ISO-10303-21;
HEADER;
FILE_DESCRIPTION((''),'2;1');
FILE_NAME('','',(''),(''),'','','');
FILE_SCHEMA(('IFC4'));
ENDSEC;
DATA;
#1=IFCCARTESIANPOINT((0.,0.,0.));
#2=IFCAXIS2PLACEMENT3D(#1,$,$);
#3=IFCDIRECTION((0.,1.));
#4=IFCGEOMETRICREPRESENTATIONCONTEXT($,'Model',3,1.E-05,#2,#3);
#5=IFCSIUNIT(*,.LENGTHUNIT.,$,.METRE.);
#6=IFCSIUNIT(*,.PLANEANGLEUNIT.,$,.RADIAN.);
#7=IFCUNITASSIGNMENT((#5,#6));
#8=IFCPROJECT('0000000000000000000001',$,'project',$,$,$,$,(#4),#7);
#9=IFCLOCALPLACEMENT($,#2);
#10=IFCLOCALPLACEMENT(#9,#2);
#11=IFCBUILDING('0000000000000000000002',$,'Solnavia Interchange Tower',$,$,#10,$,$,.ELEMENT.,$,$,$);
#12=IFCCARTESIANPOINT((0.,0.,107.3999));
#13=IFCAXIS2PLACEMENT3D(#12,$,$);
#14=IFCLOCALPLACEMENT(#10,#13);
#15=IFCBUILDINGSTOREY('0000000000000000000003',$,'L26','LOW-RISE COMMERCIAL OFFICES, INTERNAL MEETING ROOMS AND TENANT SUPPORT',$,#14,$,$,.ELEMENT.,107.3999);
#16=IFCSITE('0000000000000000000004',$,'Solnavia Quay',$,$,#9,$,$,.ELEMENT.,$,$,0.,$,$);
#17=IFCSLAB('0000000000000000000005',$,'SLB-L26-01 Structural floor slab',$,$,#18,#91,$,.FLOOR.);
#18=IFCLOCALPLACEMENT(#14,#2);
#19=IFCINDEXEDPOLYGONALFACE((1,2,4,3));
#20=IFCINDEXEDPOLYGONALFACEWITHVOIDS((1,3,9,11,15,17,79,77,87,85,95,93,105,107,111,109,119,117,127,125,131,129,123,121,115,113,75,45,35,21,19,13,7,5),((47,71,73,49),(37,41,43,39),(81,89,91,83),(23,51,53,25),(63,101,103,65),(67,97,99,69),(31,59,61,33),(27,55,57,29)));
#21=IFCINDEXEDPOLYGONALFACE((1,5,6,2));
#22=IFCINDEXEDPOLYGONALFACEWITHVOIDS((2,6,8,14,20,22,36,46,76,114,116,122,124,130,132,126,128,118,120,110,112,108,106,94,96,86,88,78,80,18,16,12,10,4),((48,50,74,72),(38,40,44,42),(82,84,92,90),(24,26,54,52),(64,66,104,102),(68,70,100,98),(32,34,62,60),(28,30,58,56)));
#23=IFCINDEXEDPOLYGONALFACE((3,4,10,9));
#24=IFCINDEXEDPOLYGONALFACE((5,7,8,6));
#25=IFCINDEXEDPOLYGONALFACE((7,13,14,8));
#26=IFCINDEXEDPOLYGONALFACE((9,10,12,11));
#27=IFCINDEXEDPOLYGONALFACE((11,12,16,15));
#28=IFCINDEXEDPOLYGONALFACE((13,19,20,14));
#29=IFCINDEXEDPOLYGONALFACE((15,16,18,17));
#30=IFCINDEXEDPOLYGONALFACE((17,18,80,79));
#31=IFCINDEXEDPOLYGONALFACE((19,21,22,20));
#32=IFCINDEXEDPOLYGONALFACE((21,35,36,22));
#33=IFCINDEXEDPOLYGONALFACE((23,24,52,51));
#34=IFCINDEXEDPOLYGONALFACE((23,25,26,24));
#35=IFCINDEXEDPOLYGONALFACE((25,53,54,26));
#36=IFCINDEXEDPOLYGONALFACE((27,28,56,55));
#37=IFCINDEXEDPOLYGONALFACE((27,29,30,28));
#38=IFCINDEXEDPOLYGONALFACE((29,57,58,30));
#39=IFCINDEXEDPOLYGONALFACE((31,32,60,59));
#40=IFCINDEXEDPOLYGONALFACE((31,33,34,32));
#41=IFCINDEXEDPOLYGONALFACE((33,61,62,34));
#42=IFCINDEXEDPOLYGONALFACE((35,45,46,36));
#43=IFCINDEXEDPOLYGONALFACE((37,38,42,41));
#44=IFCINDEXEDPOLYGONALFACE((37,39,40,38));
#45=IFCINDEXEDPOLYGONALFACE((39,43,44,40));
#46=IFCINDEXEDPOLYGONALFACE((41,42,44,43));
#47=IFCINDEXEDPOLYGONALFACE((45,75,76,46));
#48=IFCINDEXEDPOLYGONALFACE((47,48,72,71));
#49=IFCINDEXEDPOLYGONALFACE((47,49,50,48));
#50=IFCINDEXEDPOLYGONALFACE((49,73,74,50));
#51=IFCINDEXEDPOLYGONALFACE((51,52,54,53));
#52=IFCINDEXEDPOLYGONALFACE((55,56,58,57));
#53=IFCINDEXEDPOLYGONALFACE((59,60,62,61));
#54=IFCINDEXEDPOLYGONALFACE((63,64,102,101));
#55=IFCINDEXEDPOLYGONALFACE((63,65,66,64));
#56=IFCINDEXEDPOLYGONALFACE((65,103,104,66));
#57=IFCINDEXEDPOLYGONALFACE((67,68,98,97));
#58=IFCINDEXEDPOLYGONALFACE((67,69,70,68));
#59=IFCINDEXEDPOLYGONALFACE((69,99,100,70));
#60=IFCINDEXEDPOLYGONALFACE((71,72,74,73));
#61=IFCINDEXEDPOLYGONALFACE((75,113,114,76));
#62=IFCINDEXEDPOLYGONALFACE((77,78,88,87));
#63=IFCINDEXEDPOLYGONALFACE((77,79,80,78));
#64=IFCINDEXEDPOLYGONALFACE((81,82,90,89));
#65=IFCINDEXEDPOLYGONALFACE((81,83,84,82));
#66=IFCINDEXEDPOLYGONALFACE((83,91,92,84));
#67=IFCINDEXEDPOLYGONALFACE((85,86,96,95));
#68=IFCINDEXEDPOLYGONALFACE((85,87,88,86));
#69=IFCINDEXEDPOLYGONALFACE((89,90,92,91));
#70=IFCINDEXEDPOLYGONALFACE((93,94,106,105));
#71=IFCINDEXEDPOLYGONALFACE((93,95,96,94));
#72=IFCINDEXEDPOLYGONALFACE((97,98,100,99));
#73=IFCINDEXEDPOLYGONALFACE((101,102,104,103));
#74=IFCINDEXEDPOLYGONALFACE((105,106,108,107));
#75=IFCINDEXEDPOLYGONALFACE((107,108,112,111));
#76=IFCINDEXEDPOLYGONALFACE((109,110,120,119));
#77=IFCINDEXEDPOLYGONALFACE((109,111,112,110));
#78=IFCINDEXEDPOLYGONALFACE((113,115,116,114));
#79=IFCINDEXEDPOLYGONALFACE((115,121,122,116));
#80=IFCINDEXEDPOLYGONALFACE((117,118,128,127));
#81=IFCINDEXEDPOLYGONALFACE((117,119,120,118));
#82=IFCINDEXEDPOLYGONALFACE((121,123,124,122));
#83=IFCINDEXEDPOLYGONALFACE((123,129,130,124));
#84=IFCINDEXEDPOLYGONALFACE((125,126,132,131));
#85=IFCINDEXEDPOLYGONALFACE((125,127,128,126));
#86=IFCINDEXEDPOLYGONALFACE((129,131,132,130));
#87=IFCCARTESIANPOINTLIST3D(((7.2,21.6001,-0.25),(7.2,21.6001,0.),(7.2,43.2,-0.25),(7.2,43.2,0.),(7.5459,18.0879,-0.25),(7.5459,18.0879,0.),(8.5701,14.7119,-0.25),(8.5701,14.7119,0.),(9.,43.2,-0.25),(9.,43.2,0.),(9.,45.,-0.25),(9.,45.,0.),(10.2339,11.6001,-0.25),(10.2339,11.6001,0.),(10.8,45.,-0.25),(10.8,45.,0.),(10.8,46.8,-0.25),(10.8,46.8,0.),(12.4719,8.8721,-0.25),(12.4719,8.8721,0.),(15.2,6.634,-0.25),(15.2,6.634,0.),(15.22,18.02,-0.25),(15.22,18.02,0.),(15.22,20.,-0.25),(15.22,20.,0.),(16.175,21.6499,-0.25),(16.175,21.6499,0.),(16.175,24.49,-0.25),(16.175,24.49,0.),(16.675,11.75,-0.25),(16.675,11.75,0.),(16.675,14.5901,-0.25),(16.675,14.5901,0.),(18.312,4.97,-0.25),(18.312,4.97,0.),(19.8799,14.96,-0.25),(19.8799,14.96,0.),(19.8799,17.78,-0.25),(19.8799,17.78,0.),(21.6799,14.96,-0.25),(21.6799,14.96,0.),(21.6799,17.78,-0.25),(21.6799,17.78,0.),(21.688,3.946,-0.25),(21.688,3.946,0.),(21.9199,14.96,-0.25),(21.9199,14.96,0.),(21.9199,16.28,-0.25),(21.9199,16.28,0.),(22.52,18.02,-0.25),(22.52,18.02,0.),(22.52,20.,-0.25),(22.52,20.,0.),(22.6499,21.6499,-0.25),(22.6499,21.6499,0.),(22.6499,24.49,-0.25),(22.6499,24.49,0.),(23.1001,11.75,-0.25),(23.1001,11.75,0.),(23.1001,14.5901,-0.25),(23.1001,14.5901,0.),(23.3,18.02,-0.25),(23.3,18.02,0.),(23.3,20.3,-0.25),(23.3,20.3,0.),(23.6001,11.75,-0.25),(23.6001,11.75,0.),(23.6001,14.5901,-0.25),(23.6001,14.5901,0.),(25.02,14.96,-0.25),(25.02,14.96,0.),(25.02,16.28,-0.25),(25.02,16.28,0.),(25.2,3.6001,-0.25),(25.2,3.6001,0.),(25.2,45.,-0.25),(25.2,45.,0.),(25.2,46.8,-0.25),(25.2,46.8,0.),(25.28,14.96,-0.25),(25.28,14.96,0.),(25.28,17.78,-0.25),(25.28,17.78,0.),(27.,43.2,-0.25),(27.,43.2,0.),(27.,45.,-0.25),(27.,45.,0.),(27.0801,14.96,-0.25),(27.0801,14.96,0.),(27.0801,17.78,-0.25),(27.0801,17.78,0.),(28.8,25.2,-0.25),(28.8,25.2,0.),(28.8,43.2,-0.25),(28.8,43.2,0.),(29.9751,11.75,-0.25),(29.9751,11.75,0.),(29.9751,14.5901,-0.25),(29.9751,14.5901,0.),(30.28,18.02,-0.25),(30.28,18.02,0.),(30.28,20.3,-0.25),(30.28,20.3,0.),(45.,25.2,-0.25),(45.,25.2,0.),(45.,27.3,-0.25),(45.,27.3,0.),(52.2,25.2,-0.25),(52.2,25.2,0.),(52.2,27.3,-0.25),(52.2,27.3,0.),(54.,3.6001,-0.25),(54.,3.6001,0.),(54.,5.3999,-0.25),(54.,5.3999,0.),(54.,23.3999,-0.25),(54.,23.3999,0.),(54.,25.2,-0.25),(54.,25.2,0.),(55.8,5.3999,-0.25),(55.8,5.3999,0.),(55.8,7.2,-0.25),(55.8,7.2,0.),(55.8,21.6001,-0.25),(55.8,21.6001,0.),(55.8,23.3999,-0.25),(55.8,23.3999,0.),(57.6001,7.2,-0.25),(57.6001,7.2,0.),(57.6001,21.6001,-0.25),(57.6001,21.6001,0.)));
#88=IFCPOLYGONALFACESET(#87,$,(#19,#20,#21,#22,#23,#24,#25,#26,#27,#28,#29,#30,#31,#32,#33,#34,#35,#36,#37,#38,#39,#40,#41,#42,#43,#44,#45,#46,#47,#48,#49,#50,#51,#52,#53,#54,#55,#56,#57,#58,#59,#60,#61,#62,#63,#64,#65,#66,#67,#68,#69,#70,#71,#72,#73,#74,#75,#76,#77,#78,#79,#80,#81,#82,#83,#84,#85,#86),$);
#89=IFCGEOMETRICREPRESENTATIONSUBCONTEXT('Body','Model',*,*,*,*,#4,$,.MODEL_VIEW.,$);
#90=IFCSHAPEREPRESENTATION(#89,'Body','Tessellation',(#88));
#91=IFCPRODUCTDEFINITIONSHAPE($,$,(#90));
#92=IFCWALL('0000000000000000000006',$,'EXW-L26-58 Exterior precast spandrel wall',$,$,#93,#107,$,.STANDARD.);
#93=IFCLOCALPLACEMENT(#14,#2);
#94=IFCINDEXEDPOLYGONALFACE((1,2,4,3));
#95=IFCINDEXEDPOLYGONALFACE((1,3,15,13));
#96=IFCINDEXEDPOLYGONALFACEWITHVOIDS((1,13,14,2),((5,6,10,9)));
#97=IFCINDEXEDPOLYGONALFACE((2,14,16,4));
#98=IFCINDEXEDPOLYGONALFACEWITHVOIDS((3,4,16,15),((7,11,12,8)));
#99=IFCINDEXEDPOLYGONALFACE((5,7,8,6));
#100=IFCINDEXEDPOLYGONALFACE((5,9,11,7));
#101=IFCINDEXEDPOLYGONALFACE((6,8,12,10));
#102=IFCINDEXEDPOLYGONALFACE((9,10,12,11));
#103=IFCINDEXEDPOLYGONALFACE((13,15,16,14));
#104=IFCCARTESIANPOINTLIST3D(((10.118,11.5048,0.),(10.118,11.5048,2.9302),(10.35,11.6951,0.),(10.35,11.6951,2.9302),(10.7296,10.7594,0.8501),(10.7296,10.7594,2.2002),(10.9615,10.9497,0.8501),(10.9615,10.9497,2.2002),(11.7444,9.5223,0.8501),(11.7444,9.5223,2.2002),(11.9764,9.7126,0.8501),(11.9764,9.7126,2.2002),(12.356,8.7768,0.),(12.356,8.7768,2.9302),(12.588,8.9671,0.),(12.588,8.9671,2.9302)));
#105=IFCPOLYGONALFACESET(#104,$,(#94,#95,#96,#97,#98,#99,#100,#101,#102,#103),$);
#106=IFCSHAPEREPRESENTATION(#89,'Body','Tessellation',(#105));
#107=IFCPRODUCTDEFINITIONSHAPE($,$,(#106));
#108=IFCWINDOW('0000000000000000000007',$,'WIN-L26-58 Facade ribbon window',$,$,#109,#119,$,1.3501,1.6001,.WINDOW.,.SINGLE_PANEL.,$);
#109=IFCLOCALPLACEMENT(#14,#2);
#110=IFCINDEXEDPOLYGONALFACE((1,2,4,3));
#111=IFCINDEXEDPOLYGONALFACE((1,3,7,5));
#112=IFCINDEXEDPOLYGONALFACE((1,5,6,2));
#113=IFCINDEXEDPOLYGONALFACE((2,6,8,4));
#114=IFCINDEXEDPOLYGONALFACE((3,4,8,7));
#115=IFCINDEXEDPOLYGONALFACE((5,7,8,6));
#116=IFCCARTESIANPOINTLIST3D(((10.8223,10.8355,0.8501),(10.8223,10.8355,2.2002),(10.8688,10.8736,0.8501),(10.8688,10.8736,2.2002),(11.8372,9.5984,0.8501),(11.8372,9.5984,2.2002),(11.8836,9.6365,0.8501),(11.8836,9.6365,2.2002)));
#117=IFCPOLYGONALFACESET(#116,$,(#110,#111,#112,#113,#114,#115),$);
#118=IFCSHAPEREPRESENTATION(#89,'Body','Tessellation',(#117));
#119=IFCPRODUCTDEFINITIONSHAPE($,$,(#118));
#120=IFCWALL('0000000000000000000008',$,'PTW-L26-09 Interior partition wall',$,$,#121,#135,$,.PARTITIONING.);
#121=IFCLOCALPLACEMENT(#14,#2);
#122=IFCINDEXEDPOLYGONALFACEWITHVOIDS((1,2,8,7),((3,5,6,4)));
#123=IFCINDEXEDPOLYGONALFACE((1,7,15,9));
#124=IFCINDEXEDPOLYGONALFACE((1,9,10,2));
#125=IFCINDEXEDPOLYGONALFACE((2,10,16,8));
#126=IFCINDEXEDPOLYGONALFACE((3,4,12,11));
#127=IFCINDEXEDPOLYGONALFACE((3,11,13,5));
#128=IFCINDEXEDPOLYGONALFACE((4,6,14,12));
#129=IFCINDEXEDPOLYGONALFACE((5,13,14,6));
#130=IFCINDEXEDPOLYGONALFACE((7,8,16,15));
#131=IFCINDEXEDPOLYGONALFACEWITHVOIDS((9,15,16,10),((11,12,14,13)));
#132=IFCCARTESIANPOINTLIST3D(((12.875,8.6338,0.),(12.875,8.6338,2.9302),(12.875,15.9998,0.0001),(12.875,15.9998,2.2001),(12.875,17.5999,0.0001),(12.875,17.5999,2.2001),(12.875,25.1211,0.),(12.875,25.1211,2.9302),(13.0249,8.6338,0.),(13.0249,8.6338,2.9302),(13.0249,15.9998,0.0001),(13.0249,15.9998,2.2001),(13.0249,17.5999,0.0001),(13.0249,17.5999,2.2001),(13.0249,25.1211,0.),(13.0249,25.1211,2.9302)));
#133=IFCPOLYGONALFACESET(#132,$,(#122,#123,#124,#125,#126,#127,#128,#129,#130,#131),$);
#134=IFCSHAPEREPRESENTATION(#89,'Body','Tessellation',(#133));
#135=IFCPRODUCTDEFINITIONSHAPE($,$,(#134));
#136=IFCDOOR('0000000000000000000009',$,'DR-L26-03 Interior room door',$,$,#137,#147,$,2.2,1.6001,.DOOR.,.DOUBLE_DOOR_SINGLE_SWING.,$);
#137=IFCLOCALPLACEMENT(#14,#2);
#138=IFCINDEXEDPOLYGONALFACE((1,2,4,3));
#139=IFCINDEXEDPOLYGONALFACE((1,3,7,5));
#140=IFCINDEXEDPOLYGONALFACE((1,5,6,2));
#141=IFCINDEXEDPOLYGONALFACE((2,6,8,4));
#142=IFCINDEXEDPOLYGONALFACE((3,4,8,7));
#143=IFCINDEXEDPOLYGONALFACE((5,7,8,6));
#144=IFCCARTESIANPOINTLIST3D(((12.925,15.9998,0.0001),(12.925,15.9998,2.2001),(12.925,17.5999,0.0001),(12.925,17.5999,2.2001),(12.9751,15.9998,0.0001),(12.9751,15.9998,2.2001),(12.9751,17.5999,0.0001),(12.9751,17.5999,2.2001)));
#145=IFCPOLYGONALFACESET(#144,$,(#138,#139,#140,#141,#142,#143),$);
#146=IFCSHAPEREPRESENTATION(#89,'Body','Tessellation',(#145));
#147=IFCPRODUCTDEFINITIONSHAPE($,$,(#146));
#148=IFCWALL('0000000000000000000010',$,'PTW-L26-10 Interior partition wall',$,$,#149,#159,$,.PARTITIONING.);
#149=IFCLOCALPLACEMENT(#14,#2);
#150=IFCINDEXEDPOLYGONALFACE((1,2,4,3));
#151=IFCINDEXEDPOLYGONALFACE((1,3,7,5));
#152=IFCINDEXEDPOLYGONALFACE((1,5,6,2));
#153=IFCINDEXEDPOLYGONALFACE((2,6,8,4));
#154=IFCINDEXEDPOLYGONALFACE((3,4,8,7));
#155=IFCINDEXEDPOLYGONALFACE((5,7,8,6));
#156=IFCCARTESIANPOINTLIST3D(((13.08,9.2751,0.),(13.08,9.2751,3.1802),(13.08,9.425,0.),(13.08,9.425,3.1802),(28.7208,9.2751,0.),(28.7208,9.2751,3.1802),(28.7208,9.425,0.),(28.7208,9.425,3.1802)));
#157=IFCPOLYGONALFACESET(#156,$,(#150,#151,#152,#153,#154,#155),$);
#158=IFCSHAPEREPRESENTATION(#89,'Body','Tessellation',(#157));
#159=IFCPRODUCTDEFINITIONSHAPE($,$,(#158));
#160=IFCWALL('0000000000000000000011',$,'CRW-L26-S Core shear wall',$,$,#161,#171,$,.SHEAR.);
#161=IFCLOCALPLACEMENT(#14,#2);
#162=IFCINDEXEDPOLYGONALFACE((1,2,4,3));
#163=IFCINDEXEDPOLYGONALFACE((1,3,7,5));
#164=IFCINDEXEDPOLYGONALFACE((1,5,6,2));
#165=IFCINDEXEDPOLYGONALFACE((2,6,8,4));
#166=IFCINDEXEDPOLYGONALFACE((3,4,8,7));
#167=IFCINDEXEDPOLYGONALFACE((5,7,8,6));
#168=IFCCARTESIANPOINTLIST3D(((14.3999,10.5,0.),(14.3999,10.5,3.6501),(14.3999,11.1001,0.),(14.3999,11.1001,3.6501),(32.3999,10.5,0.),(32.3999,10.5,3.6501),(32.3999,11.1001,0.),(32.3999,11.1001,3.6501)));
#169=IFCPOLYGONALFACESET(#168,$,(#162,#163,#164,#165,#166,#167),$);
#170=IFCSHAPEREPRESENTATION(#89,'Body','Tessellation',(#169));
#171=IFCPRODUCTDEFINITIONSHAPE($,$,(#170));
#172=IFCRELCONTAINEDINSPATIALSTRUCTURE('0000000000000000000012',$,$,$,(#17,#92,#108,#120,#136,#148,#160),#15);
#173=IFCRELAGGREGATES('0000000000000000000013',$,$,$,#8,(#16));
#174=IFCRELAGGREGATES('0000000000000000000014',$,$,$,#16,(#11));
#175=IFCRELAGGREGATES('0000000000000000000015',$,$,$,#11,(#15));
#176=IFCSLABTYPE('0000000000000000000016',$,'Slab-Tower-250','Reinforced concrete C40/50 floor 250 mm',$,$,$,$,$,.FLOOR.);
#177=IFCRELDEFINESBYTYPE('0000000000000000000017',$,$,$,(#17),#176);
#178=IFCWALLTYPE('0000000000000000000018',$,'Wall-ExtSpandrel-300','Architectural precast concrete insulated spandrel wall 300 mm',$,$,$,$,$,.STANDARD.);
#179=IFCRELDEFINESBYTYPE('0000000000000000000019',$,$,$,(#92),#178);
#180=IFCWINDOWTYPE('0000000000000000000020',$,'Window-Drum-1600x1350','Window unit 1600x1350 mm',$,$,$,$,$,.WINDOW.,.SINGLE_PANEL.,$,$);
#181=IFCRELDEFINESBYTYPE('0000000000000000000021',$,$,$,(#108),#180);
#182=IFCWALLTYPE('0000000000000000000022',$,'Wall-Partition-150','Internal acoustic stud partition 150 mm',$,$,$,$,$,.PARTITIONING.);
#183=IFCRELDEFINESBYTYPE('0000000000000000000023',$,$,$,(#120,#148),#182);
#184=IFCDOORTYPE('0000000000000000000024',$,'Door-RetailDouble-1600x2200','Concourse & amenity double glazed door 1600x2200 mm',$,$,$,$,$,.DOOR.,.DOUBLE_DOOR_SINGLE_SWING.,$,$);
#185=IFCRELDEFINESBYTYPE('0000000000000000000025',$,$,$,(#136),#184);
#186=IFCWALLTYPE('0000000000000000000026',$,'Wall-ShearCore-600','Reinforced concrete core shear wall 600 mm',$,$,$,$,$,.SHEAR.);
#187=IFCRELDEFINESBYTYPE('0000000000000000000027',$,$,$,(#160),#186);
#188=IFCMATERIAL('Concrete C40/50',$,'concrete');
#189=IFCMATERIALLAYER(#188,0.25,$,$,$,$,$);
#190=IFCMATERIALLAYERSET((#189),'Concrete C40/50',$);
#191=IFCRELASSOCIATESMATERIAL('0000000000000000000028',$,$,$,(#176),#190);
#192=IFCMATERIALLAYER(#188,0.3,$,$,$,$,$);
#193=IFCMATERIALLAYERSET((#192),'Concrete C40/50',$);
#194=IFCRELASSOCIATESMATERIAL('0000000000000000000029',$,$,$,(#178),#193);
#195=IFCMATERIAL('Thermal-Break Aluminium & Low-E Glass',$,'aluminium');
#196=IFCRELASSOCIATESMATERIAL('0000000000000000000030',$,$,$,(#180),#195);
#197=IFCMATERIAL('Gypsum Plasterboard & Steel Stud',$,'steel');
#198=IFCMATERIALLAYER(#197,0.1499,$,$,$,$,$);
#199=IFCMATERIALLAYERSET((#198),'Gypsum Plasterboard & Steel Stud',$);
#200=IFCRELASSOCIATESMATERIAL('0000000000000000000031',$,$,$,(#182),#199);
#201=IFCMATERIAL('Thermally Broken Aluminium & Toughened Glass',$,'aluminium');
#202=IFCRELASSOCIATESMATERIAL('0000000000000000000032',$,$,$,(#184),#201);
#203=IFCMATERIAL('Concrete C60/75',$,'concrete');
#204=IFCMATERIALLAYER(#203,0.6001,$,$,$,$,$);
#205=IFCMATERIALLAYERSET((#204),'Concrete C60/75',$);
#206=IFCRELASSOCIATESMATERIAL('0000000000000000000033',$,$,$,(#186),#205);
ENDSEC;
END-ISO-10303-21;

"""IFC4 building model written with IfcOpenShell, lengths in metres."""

from ifc_helpers import new_model, si_unit, direction, frame, frame_2d, origin, place, context, subcontext, project, spatial, polyline, rectangle, outline, extrude, material, layer, layer_set, type_object, element, fill, save


model = new_model("IFC4")

# Units and contexts
model_context = context("Model", 3, precision=1e-05, world=origin(), true_north=direction((0.0, 1.0)))
body_context = subcontext(model_context, "Body", "Model", "MODEL_VIEW")
ifc_project = project(units=[si_unit("LENGTHUNIT", "METRE"), si_unit("PLANEANGLEUNIT", "RADIAN")], contexts=[model_context])

# Site, building, storey
site_placement = place(None, origin())
site = spatial("IfcSite", under=ifc_project, at=site_placement, Name="Solnavia Quay", CompositionType="ELEMENT", RefElevation=0.0)
building_placement = place(site_placement, origin())
building = spatial("IfcBuilding", under=site, at=building_placement, Name="Solnavia Interchange Tower", CompositionType="ELEMENT")
storey_placement = place(building_placement, frame((0.0, 0.0, 107.3999)))
storey = spatial("IfcBuildingStorey", under=building, at=storey_placement, Name="L26", Description="LOW-RISE COMMERCIAL OFFICES, INTERNAL MEETING ROOMS AND TENANT SUPPORT", CompositionType="ELEMENT", Elevation=107.3999)

# Shared definitions
ifc_material_1 = material(Name="Concrete C60/75", Category="concrete")

# Shared definitions
ifc_material_2 = material(Name="Concrete C40/50", Category="concrete")

# Slab
ifc_layer_1 = layer(ifc_material_2, 0.25)
ifc_layer_set_1 = layer_set([ifc_layer_1], Name="Concrete C40/50")
slab_type_1 = type_object("IfcSlabType", Name="Slab-Tower-250", Description="Reinforced concrete C40/50 floor 250 mm", PredefinedType="FLOOR", material=ifc_layer_set_1)
slab_1_placement = place(storey_placement, frame((0.0, 0.0, -0.25)))
element("IfcSlab", 1, at=slab_1_placement, inside=storey, type_object=slab_type_1, Name="SLB-L26-01 Structural floor slab", PredefinedType="FLOOR", context=body_context, shape_type="SweptSolid", body=[
    extrude(outline(polyline([(25.2, 3.6001), (54.0, 3.6001), (54.0, 5.3999), (55.8, 5.3999), (55.8, 7.2), (57.6001, 7.2), (57.6001, 21.6001), (55.8, 21.6001), (55.8, 23.3999), (54.0, 23.3999), (54.0, 25.2), (52.2, 25.2), (52.2, 27.3), (45.0, 27.3), (45.0, 25.2), (28.8, 25.2), (28.8, 43.2), (27.0, 43.2), (27.0, 45.0), (25.2, 45.0), (25.2, 46.8), (10.8, 46.8), (10.8, 45.0), (9.0, 45.0), (9.0, 43.2), (7.2, 43.2), (7.2, 21.6001), (7.5459, 18.0879), (8.5701, 14.7119), (10.2339, 11.6001), (12.4719, 8.8721), (15.2, 6.634), (18.312, 4.97), (21.688, 3.946), (25.2, 3.6001)]), holes=[polyline([(16.675, 11.75), (23.1001, 11.75), (23.1001, 14.5901), (16.675, 14.5901), (16.675, 11.75)]), polyline([(23.6001, 11.75), (29.9751, 11.75), (29.9751, 14.5901), (23.6001, 14.5901), (23.6001, 11.75)]), polyline([(16.175, 21.6499), (22.6499, 21.6499), (22.6499, 24.49), (16.175, 24.49), (16.175, 21.6499)]), polyline([(19.8799, 14.96), (21.6799, 14.96), (21.6799, 17.78), (19.8799, 17.78), (19.8799, 14.96)]), polyline([(25.28, 14.96), (27.0801, 14.96), (27.0801, 17.78), (25.28, 17.78), (25.28, 14.96)]), polyline([(21.9199, 14.96), (25.02, 14.96), (25.02, 16.28), (21.9199, 16.28), (21.9199, 14.96)]), polyline([(15.22, 18.02), (22.52, 18.02), (22.52, 20.0), (15.22, 20.0), (15.22, 18.02)]), polyline([(23.3, 18.02), (30.28, 18.02), (30.28, 20.3), (23.3, 20.3), (23.3, 18.02)])]), origin(), (0.0, 0.0, 1.0), 0.25),
])

# Wall, opening, window
ifc_layer_2 = layer(ifc_material_2, 0.3)
ifc_layer_set_2 = layer_set([ifc_layer_2], Name="Concrete C40/50")
wall_type_1 = type_object("IfcWallType", Name="Wall-ExtSpandrel-300", Description="Architectural precast concrete insulated spandrel wall 300 mm", PredefinedType="STANDARD", material=ifc_layer_set_2)
wall_1_placement = place(storey_placement, frame((12.4719, 8.8721, 0.0), z_axis=(0.0, 0.0, 1.0), x_axis=(-0.634258, 0.773121, 0.0)))
wall_1 = element("IfcWall", 2, at=wall_1_placement, inside=storey, type_object=wall_type_1, Name="EXW-L26-58 Exterior precast spandrel wall", PredefinedType="STANDARD", context=body_context, shape_type="SweptSolid", body=[
    extrude(rectangle(XDim=3.5286, YDim=0.3, at=frame_2d((1.7642, 0.0))), origin(), (0.0, 0.0, 1.0), 2.9302),
])
opening_1_placement = place(wall_1_placement, frame((0.9641, 0.0, 0.8501)))
opening_1 = element("IfcOpeningElement", 3, at=opening_1_placement, cuts=wall_1, PredefinedType="OPENING", context=body_context, shape_type="SweptSolid", body=[
    extrude(rectangle(XDim=1.6001, YDim=1.3501, at=frame_2d((0.8, 0.675))), frame((0.0, 0.1602, 0.0), z_axis=(0.0, -1.0, 0.0), x_axis=(1.0, 0.0, 0.0)), (0.0, 0.0, 1.0), 0.3201),
])
ifc_material_3 = material(Name="Thermal-Break Aluminium & Low-E Glass", Category="aluminium")
window_type = type_object("IfcWindowType", Name="Window-Drum-1600x1350", Description="Window unit 1600x1350 mm", PartitioningType="SINGLE_PANEL", PredefinedType="WINDOW", material=ifc_material_3)
window_placement = place(opening_1_placement, origin())
window = element("IfcWindow", 4, at=window_placement, inside=storey, type_object=window_type, Name="WIN-L26-58 Facade ribbon window", OverallHeight=1.3501, OverallWidth=1.6001, PartitioningType="SINGLE_PANEL", PredefinedType="WINDOW", context=body_context, shape_type="SweptSolid", body=[
    extrude(rectangle(XDim=1.6001, YDim=1.3501, at=frame_2d((0.8, 0.675))), frame((0.0, 0.03, 0.0), z_axis=(0.0, -1.0, 0.0), x_axis=(1.0, 0.0, 0.0)), (0.0, 0.0, 1.0), 0.0601),
])
fill(opening_1, window)

# Wall, opening, door
ifc_material_4 = material(Name="Gypsum Plasterboard & Steel Stud", Category="steel")
ifc_layer_3 = layer(ifc_material_4, 0.1499)
ifc_layer_set_3 = layer_set([ifc_layer_3], Name="Gypsum Plasterboard & Steel Stud")
wall_type_2 = type_object("IfcWallType", Name="Wall-Partition-150", Description="Internal acoustic stud partition 150 mm", PredefinedType="PARTITIONING", material=ifc_layer_set_3)
wall_2_placement = place(storey_placement, frame((12.95, 8.6338, 0.0), z_axis=(0.0, 0.0, 1.0), x_axis=(0.0, 1.0, 0.0)))
wall_2 = element("IfcWall", 5, at=wall_2_placement, inside=storey, type_object=wall_type_2, Name="PTW-L26-09 Interior partition wall", PredefinedType="PARTITIONING", context=body_context, shape_type="SweptSolid", body=[
    extrude(rectangle(XDim=16.4873, YDim=0.1499, at=frame_2d((8.2437, 0.0))), origin(), (0.0, 0.0, 1.0), 2.9302),
])
opening_2_placement = place(wall_2_placement, frame((7.366, 0.0, 0.0)))
opening_2 = element("IfcOpeningElement", 6, at=opening_2_placement, cuts=wall_2, PredefinedType="OPENING", context=body_context, shape_type="SweptSolid", body=[
    extrude(rectangle(XDim=1.6001, YDim=2.2, at=frame_2d((0.8, 1.1001))), frame((0.0, 0.085, 0.0), z_axis=(0.0, -1.0, 0.0), x_axis=(1.0, 0.0, 0.0)), (0.0, 0.0, 1.0), 0.1699),
])
ifc_material_5 = material(Name="Thermally Broken Aluminium & Toughened Glass", Category="aluminium")
door_type_1 = type_object("IfcDoorType", Name="Door-RetailDouble-1600x2200", Description="Concourse & amenity double glazed door 1600x2200 mm", OperationType="DOUBLE_DOOR_SINGLE_SWING", PredefinedType="DOOR", material=ifc_material_5)
door_1_placement = place(opening_2_placement, origin())
door_1 = element("IfcDoor", 7, at=door_1_placement, inside=storey, type_object=door_type_1, Name="DR-L26-03 Interior room door", OperationType="DOUBLE_DOOR_SINGLE_SWING", OverallHeight=2.2, OverallWidth=1.6001, PredefinedType="DOOR", context=body_context, shape_type="SweptSolid", body=[
    extrude(rectangle(XDim=1.6001, YDim=2.2, at=frame_2d((0.8, 1.1001))), frame((0.0, 0.0249, 0.0), z_axis=(0.0, -1.0, 0.0), x_axis=(1.0, 0.0, 0.0)), (0.0, 0.0, 1.0), 0.05),
])
fill(opening_2, door_1)

# Walls
wall_3_placement = place(storey_placement, frame((13.0801, 9.3501, 0.0), z_axis=(0.0, 0.0, 1.0), x_axis=(1.0, 0.0, 0.0)))
element("IfcWall", 8, at=wall_3_placement, inside=storey, type_object=wall_type_2, Name="PTW-L26-10 Interior partition wall", PredefinedType="PARTITIONING", context=body_context, shape_type="SweptSolid", body=[
    extrude(rectangle(XDim=15.6409, YDim=0.1499, at=frame_2d((7.8203, 0.0))), origin(), (0.0, 0.0, 1.0), 3.1802),
])
ifc_layer_4 = layer(ifc_material_1, 0.6001)
ifc_layer_set_4 = layer_set([ifc_layer_4], Name="Concrete C60/75")
wall_type_3 = type_object("IfcWallType", Name="Wall-ShearCore-600", Description="Reinforced concrete core shear wall 600 mm", PredefinedType="SHEAR", material=ifc_layer_set_4)
wall_4_placement = place(storey_placement, frame((14.3999, 10.8, 0.0), z_axis=(0.0, 0.0, 1.0), x_axis=(1.0, 0.0, 0.0)))
element("IfcWall", 9, at=wall_4_placement, inside=storey, type_object=wall_type_3, Name="CRW-L26-S Core shear wall", PredefinedType="SHEAR", context=body_context, shape_type="SweptSolid", body=[
    extrude(rectangle(XDim=18.0, YDim=0.6001, at=frame_2d((9.0, 0.0))), origin(), (0.0, 0.0, 1.0), 3.6501),
])

save(model, "model.ifc")
